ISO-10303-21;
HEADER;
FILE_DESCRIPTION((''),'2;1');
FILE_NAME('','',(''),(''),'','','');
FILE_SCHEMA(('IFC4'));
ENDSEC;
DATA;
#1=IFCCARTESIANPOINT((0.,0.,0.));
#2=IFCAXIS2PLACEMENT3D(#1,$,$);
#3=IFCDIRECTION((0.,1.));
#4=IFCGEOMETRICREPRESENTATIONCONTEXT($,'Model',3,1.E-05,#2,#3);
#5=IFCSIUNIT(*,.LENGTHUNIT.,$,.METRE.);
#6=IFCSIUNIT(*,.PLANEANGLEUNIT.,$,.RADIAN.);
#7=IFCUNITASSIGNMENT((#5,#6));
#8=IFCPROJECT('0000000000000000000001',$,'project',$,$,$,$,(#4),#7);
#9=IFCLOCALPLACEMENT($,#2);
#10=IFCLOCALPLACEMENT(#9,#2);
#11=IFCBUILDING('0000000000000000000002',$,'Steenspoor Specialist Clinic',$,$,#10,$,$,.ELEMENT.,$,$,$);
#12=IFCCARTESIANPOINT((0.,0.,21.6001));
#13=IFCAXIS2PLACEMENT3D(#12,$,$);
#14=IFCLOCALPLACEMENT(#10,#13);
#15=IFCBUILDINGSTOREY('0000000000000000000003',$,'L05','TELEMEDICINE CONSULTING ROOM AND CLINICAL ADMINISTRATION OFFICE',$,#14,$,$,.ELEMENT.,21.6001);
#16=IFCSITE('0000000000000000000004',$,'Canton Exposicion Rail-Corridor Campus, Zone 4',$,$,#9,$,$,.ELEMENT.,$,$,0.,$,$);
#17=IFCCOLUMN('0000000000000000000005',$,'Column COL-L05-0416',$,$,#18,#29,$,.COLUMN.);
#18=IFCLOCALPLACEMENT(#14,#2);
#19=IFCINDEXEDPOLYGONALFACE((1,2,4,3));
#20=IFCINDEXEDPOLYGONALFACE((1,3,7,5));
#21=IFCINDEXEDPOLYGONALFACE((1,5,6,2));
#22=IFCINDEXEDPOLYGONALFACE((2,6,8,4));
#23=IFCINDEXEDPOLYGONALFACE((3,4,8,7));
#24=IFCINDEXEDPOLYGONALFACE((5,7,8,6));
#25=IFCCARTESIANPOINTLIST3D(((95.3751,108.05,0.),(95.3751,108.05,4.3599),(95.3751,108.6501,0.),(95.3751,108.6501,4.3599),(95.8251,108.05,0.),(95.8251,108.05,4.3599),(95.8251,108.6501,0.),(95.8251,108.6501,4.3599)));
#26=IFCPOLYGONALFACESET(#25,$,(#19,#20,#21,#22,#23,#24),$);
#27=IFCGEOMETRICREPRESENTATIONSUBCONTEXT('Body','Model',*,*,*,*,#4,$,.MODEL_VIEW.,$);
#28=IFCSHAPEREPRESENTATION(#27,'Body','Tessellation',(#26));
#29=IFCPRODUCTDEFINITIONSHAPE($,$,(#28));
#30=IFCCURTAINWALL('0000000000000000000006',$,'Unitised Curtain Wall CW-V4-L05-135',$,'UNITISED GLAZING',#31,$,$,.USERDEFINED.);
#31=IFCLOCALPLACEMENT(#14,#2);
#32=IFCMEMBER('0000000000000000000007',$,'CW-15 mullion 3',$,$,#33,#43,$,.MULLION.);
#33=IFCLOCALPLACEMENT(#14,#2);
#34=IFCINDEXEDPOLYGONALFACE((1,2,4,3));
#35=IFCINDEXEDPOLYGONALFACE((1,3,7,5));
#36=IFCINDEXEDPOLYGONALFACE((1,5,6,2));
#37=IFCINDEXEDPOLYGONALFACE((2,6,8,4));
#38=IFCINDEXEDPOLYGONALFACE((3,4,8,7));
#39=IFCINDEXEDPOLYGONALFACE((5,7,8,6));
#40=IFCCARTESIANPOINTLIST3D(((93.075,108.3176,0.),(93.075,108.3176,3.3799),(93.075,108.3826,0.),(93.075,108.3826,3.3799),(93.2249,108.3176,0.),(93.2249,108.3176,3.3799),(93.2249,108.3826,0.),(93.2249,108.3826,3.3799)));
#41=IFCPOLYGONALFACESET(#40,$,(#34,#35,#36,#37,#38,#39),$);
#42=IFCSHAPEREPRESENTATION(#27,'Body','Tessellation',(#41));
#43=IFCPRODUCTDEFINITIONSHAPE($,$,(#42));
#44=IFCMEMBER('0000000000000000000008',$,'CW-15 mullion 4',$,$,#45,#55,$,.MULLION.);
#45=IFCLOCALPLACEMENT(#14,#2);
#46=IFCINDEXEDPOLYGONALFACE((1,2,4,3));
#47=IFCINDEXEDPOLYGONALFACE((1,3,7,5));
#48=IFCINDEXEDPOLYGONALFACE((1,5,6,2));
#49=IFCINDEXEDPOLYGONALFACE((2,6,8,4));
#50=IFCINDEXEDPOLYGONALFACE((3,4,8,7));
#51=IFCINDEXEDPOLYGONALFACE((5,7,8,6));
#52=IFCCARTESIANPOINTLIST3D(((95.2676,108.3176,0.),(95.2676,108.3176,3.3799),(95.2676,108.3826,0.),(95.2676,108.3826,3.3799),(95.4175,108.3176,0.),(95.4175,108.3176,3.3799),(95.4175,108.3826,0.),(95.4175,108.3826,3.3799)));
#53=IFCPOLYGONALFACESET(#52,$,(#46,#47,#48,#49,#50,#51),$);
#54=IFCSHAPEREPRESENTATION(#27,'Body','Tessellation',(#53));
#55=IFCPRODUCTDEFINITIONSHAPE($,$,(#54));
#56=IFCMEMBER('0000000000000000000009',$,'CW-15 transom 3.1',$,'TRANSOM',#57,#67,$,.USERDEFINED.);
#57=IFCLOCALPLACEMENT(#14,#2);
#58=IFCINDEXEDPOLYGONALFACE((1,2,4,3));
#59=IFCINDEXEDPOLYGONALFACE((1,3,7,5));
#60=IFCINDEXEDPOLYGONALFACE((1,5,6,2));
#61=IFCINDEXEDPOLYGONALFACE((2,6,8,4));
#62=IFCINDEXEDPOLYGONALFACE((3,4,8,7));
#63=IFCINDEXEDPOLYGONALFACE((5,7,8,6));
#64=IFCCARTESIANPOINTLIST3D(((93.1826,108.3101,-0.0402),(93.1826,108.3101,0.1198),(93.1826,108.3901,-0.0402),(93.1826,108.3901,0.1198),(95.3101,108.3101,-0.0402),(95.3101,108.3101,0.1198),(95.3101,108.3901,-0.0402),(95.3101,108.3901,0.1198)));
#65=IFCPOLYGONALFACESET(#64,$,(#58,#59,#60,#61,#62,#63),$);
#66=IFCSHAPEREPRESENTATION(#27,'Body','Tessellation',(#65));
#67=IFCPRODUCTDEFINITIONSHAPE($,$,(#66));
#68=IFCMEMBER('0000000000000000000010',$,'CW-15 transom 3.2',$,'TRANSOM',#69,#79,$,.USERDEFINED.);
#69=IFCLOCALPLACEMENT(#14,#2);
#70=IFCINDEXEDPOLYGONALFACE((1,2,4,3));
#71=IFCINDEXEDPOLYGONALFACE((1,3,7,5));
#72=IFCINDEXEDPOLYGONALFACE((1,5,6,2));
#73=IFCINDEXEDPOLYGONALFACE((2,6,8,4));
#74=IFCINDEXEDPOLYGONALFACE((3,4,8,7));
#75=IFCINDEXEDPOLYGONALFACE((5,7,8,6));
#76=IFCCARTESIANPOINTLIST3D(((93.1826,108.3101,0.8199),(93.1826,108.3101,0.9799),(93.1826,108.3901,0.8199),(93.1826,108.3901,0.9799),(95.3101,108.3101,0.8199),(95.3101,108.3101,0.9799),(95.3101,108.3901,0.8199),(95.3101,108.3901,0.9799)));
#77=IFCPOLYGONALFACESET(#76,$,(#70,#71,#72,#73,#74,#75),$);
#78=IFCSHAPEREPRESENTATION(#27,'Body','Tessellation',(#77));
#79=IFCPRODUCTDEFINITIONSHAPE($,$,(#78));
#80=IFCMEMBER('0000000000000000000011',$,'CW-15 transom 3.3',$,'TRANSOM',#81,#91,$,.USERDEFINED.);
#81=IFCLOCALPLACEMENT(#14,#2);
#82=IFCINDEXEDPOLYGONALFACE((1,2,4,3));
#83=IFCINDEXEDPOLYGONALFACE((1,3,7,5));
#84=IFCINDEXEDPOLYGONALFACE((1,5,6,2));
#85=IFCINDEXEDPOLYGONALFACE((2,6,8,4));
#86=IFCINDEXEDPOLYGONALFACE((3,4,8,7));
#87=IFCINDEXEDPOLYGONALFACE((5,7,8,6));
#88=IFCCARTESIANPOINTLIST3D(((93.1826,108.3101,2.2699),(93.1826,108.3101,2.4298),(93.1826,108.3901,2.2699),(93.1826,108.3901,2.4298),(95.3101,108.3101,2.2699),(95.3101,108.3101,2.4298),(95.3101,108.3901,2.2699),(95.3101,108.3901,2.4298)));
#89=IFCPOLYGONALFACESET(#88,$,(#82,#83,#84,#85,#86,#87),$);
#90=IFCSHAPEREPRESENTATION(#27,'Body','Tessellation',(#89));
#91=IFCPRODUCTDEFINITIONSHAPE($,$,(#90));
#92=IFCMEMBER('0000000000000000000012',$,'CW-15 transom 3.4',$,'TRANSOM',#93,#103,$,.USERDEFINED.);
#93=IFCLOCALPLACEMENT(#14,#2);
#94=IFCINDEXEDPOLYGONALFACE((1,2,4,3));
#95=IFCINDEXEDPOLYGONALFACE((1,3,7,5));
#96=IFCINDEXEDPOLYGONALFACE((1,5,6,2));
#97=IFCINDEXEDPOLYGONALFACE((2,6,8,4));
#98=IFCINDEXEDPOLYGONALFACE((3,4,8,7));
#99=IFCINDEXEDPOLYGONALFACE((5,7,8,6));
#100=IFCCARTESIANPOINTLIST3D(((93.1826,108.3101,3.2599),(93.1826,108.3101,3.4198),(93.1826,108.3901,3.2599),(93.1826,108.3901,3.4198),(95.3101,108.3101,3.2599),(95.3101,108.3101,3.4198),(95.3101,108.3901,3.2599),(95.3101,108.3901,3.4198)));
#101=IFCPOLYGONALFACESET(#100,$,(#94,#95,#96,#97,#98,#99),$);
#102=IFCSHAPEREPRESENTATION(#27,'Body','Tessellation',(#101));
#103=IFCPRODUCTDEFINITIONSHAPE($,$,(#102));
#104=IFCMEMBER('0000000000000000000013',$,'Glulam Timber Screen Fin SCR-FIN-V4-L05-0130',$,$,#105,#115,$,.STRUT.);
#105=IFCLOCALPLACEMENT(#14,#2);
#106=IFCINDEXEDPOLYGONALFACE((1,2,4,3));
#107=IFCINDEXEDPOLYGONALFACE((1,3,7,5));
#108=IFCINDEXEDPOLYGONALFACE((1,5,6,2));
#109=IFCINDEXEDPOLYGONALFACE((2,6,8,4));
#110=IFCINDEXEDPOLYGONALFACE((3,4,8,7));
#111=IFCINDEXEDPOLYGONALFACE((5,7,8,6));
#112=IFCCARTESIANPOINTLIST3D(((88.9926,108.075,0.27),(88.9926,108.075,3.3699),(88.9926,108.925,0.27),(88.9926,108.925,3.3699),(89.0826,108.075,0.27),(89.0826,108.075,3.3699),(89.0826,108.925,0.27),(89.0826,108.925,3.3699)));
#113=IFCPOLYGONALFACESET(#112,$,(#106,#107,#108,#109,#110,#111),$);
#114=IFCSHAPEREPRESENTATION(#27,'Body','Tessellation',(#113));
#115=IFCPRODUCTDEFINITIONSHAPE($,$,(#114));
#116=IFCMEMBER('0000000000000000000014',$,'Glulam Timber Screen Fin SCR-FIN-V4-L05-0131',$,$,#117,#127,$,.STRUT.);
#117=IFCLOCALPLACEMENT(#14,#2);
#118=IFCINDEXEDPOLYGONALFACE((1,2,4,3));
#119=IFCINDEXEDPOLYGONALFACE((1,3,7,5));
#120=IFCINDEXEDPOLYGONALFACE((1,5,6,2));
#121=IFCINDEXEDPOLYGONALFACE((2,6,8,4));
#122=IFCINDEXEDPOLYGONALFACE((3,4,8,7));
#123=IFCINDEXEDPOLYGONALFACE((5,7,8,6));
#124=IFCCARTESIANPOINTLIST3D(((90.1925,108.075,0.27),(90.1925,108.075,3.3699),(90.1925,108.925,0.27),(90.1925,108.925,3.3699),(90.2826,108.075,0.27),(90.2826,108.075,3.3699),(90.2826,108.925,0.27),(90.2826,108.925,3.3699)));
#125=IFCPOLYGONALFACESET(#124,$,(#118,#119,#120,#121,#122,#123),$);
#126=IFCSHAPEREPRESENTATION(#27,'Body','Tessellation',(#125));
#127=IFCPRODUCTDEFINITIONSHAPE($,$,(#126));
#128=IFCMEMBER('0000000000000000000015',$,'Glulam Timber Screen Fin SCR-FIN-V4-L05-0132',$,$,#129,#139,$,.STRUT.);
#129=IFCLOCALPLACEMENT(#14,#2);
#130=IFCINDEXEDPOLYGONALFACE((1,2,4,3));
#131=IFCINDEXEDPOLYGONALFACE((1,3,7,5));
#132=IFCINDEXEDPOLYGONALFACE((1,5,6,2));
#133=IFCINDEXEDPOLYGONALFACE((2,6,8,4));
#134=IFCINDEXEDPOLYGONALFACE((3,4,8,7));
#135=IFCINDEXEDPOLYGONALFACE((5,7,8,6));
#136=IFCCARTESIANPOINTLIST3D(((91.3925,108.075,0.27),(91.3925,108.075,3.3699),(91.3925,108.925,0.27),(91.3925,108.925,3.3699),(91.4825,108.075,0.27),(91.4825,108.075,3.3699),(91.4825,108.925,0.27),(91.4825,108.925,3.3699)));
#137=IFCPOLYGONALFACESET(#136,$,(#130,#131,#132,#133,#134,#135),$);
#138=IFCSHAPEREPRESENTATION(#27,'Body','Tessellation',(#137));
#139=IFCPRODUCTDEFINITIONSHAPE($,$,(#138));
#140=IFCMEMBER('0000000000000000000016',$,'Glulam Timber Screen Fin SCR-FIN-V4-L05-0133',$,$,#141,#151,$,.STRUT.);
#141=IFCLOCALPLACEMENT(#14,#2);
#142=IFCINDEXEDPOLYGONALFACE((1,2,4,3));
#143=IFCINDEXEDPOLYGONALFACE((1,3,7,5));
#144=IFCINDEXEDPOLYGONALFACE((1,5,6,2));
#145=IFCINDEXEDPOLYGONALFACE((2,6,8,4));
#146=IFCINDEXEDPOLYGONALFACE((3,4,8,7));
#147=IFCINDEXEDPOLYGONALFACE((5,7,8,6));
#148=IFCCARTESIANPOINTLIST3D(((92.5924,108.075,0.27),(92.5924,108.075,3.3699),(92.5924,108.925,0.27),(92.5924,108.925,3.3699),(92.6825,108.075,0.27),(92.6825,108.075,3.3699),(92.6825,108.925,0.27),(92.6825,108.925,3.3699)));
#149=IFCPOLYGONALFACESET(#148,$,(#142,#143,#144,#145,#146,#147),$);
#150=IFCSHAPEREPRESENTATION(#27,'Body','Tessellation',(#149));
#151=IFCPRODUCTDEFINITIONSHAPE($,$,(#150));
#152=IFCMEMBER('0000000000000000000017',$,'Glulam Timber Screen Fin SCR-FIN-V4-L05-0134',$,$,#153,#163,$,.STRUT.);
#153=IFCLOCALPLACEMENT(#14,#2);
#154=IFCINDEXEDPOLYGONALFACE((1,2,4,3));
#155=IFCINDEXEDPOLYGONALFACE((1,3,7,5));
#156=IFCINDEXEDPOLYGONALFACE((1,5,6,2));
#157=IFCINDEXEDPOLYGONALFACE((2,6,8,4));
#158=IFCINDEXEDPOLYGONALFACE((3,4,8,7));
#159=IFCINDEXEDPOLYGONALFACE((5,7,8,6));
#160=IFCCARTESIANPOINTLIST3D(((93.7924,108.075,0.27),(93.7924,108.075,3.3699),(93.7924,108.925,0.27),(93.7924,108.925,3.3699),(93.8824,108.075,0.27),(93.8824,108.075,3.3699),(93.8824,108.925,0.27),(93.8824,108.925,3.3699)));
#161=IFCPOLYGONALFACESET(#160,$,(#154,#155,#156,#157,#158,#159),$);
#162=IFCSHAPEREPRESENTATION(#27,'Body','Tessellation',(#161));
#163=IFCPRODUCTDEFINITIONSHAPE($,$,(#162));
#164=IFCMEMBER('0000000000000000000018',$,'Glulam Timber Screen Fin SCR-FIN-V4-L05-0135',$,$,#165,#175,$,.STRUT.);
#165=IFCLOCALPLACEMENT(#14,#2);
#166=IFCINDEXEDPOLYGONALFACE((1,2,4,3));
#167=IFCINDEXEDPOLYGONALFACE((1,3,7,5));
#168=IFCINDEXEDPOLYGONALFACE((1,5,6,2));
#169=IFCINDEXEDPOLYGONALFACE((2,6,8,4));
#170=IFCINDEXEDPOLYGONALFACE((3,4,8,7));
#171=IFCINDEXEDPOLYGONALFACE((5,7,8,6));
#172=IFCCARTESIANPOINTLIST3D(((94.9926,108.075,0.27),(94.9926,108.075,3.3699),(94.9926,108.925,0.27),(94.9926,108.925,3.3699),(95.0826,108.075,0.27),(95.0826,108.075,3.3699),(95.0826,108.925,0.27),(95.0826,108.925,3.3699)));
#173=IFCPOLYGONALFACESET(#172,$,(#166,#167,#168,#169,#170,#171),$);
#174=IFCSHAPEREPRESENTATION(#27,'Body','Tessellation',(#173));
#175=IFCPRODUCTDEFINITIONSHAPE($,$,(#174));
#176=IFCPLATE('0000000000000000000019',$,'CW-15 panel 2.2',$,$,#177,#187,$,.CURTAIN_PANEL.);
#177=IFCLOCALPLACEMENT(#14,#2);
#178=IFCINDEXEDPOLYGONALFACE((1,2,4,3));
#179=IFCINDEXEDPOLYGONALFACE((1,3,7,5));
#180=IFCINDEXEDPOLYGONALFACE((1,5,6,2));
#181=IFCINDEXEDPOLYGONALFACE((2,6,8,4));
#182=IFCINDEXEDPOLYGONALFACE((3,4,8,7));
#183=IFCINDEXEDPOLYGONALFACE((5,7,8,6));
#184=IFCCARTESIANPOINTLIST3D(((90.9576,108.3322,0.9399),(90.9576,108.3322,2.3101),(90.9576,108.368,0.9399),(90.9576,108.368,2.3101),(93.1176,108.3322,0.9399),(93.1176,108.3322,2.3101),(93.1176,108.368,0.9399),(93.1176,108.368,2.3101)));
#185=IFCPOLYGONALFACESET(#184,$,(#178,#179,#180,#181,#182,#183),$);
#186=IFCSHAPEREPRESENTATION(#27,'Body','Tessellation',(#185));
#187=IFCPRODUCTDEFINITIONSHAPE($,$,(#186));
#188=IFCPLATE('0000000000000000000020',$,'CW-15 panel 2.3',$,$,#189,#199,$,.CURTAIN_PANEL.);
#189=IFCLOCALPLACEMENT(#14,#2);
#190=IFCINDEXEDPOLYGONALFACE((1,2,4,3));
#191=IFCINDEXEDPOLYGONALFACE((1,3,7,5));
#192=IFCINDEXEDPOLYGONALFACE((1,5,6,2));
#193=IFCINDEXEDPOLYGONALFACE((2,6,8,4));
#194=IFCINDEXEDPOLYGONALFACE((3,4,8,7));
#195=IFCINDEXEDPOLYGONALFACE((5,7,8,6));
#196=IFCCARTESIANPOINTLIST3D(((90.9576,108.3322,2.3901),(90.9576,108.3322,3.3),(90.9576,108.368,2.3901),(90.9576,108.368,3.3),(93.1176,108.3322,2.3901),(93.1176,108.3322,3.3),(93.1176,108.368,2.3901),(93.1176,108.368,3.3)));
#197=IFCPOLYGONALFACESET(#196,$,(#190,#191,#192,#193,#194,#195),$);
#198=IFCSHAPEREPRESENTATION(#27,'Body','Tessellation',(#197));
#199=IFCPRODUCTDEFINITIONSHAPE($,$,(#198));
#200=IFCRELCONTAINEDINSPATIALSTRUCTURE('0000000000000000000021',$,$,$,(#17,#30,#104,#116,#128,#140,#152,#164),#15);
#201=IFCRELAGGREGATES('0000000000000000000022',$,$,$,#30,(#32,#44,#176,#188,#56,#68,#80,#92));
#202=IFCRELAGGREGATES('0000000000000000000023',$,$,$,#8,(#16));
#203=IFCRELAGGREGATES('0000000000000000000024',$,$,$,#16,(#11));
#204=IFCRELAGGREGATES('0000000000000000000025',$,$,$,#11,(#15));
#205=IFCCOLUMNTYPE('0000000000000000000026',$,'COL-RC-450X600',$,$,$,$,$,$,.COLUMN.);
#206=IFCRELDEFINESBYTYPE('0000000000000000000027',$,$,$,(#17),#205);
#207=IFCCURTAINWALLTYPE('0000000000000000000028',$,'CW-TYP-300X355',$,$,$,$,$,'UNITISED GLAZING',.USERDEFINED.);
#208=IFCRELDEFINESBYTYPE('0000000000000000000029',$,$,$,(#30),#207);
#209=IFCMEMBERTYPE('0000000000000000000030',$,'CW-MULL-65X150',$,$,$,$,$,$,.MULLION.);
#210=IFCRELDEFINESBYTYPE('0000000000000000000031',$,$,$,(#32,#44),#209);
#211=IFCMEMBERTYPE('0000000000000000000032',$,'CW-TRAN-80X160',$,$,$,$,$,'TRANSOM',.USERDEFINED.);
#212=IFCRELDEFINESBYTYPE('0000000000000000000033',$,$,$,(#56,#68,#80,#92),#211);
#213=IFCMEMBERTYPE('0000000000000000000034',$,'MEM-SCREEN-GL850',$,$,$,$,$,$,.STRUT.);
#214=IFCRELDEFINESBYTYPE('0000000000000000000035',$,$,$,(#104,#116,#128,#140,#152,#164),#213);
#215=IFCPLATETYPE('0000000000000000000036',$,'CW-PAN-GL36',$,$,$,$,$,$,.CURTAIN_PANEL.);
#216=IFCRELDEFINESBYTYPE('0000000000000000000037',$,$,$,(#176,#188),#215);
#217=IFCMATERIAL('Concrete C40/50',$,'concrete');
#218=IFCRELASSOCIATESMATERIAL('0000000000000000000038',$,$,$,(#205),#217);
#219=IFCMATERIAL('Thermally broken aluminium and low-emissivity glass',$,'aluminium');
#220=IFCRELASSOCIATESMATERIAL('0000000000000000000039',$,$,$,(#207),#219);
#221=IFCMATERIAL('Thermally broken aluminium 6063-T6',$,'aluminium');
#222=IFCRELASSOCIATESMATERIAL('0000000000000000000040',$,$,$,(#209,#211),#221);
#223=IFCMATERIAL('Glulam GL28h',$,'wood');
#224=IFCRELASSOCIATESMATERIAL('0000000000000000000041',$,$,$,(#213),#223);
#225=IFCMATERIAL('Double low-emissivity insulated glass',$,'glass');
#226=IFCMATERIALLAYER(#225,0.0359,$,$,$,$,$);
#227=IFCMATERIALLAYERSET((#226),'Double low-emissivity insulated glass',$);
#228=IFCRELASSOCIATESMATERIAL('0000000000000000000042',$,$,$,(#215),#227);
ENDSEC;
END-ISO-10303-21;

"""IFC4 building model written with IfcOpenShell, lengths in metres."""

from ifc_helpers import new_model, si_unit, direction, frame, origin, origin_2d, place, context, subcontext, project, spatial, rectangle, extrude, material, layer, layer_set, material_profile, profile_set, type_object, element, aggregate, save


model = new_model("IFC4")

# Units and contexts
model_context = context("Model", 3, precision=1e-05, world=origin(), true_north=direction((0.0, 1.0)))
body_context = subcontext(model_context, "Body", "Model", "MODEL_VIEW")
ifc_project = project(units=[si_unit("LENGTHUNIT", "METRE"), si_unit("PLANEANGLEUNIT", "RADIAN")], contexts=[model_context])

# Site, building, storey
site_placement = place(None, origin())
site = spatial("IfcSite", under=ifc_project, at=site_placement, Name="Canton Exposicion Rail-Corridor Campus, Zone 4", CompositionType="ELEMENT", RefElevation=0.0)
building_placement = place(site_placement, origin())
building = spatial("IfcBuilding", under=site, at=building_placement, Name="Steenspoor Specialist Clinic", CompositionType="ELEMENT")
storey_placement = place(building_placement, frame((0.0, 0.0, 21.6001)))
storey = spatial("IfcBuildingStorey", under=building, at=storey_placement, Name="L05", Description="TELEMEDICINE CONSULTING ROOM AND CLINICAL ADMINISTRATION OFFICE", CompositionType="ELEMENT", Elevation=21.6001)

# Column
ifc_material_1 = material(Name="Concrete C40/50", Category="concrete")
ifc_material_profile_1 = material_profile(ifc_material_1, rectangle(XDim=0.45, YDim=0.6001, at=origin_2d()), Name="RC-COL-450X600")
ifc_profile_set_1 = profile_set([ifc_material_profile_1], Name="Concrete C40/50")
column_type = type_object("IfcColumnType", Name="COL-RC-450X600", PredefinedType="COLUMN", material=ifc_profile_set_1)
column_placement = place(storey_placement, frame((95.6001, 108.3501, 0.0), z_axis=(0.0, 0.0, 1.0), x_axis=(1.0, 0.0, 0.0)))
element("IfcColumn", 1, at=column_placement, inside=storey, type_object=column_type, Name="Column COL-L05-0416", PredefinedType="COLUMN", context=body_context, shape_type="SweptSolid", body=[
    extrude(rectangle(XDim=0.45, YDim=0.6001, at=origin_2d()), origin(), (0.0, 0.0, 1.0), 4.3599),
])

# Curtain wall, members
ifc_material_2 = material(Name="Thermally broken aluminium and low-emissivity glass", Category="aluminium")
curtain_wall_type = type_object("IfcCurtainWallType", Name="CW-TYP-300X355", ElementType="UNITISED GLAZING", PredefinedType="USERDEFINED", material=ifc_material_2)
curtain_wall_placement = place(storey_placement, origin())
curtain_wall = element("IfcCurtainWall", 2, at=curtain_wall_placement, inside=storey, type_object=curtain_wall_type, Name="Unitised Curtain Wall CW-V4-L05-135", ObjectType="UNITISED GLAZING", PredefinedType="USERDEFINED")
ifc_material_3 = material(Name="Thermally broken aluminium 6063-T6", Category="aluminium")
ifc_material_profile_2 = material_profile(ifc_material_3, rectangle(XDim=0.0649, YDim=0.1499, at=origin_2d()), Name="CWM-65X150")
ifc_profile_set_2 = profile_set([ifc_material_profile_2], Name="Thermally broken aluminium 6063-T6")
member_type_1 = type_object("IfcMemberType", Name="CW-MULL-65X150", PredefinedType="MULLION", material=ifc_profile_set_2)
member_1_placement = place(storey_placement, frame((93.1499, 108.3501, 0.0), z_axis=(0.0, 0.0, 1.0), x_axis=(0.0, 1.0, 0.0)))
member_1 = element("IfcMember", 3, at=member_1_placement, type_object=member_type_1, Name="CW-15 mullion 3", PredefinedType="MULLION", context=body_context, shape_type="SweptSolid", body=[
    extrude(rectangle(XDim=0.0649, YDim=0.1499, at=origin_2d()), origin(), (0.0, 0.0, 1.0), 3.3799),
])
member_2_placement = place(storey_placement, frame((95.3425, 108.3501, 0.0), z_axis=(0.0, 0.0, 1.0), x_axis=(0.0, 1.0, 0.0)))
member_2 = element("IfcMember", 4, at=member_2_placement, type_object=member_type_1, Name="CW-15 mullion 4", PredefinedType="MULLION", context=body_context, shape_type="SweptSolid", body=[
    extrude(rectangle(XDim=0.0649, YDim=0.1499, at=origin_2d()), origin(), (0.0, 0.0, 1.0), 3.3799),
])
ifc_material_profile_3 = material_profile(ifc_material_3, rectangle(XDim=0.0801, YDim=0.1599, at=origin_2d()), Name="CWT-80X160")
ifc_profile_set_3 = profile_set([ifc_material_profile_3], Name="Thermally broken aluminium 6063-T6")
member_type_2 = type_object("IfcMemberType", Name="CW-TRAN-80X160", ElementType="TRANSOM", PredefinedType="USERDEFINED", material=ifc_profile_set_3)
member_3_placement = place(storey_placement, frame((93.1826, 108.3501, 0.0398), z_axis=(1.0, 0.0, 0.0), x_axis=(0.0, 1.0, 0.0)))
member_3 = element("IfcMember", 5, at=member_3_placement, type_object=member_type_2, Name="CW-15 transom 3.1", ObjectType="TRANSOM", PredefinedType="USERDEFINED", context=body_context, shape_type="SweptSolid", body=[
    extrude(rectangle(XDim=0.0801, YDim=0.1599, at=origin_2d()), origin(), (0.0, 0.0, 1.0), 2.1274),
])
member_4_placement = place(storey_placement, frame((93.1826, 108.3501, 0.8999), z_axis=(1.0, 0.0, 0.0), x_axis=(0.0, 1.0, 0.0)))
member_4 = element("IfcMember", 6, at=member_4_placement, type_object=member_type_2, Name="CW-15 transom 3.2", ObjectType="TRANSOM", PredefinedType="USERDEFINED", context=body_context, shape_type="SweptSolid", body=[
    extrude(rectangle(XDim=0.0801, YDim=0.1599, at=origin_2d()), origin(), (0.0, 0.0, 1.0), 2.1274),
])
member_5_placement = place(storey_placement, frame((93.1826, 108.3501, 2.3499), z_axis=(1.0, 0.0, 0.0), x_axis=(0.0, 1.0, 0.0)))
member_5 = element("IfcMember", 7, at=member_5_placement, type_object=member_type_2, Name="CW-15 transom 3.3", ObjectType="TRANSOM", PredefinedType="USERDEFINED", context=body_context, shape_type="SweptSolid", body=[
    extrude(rectangle(XDim=0.0801, YDim=0.1599, at=origin_2d()), origin(), (0.0, 0.0, 1.0), 2.1274),
])
member_6_placement = place(storey_placement, frame((93.1826, 108.3501, 3.3398), z_axis=(1.0, 0.0, 0.0), x_axis=(0.0, 1.0, 0.0)))
member_6 = element("IfcMember", 8, at=member_6_placement, type_object=member_type_2, Name="CW-15 transom 3.4", ObjectType="TRANSOM", PredefinedType="USERDEFINED", context=body_context, shape_type="SweptSolid", body=[
    extrude(rectangle(XDim=0.0801, YDim=0.1599, at=origin_2d()), origin(), (0.0, 0.0, 1.0), 2.1274),
])

# Members
ifc_material_4 = material(Name="Glulam GL28h", Category="wood")
ifc_material_profile_4 = material_profile(ifc_material_4, rectangle(XDim=0.0901, YDim=0.8501, at=origin_2d()), Name="GL28H-90X850")
ifc_profile_set_4 = profile_set([ifc_material_profile_4], Name="Glulam GL28h")
member_type_3 = type_object("IfcMemberType", Name="MEM-SCREEN-GL850", PredefinedType="STRUT", material=ifc_profile_set_4)
for number, where, z_axis, x_axis, name in (
    (9, (89.0376, 108.5, 0.27), (0.0, 0.0, 1.0), (1.0, 0.0, 0.0), "Glulam Timber Screen Fin SCR-FIN-V4-L05-0130"),
    (10, (90.2375, 108.5, 0.27), (0.0, 0.0, 1.0), (1.0, 0.0, 0.0), "Glulam Timber Screen Fin SCR-FIN-V4-L05-0131"),
    (11, (91.4375, 108.5, 0.27), (0.0, 0.0, 1.0), (1.0, 0.0, 0.0), "Glulam Timber Screen Fin SCR-FIN-V4-L05-0132"),
    (12, (92.6375, 108.5, 0.27), (0.0, 0.0, 1.0), (1.0, 0.0, 0.0), "Glulam Timber Screen Fin SCR-FIN-V4-L05-0133"),
    (13, (93.8374, 108.5, 0.27), (0.0, 0.0, 1.0), (1.0, 0.0, 0.0), "Glulam Timber Screen Fin SCR-FIN-V4-L05-0134"),
    (14, (95.0376, 108.5, 0.27), (0.0, 0.0, 1.0), (1.0, 0.0, 0.0), "Glulam Timber Screen Fin SCR-FIN-V4-L05-0135"),
):
    element("IfcMember", number, at=place(storey_placement, frame(where, z_axis=z_axis, x_axis=x_axis)), inside=storey, type_object=member_type_3, Name=name, PredefinedType="STRUT", context=body_context, shape_type="SweptSolid", body=[
        extrude(rectangle(XDim=0.0901, YDim=0.8501, at=origin_2d()), origin(), (0.0, 0.0, 1.0), 3.0999),
    ])

# Plates
ifc_material_5 = material(Name="Double low-emissivity insulated glass", Category="glass")
ifc_layer = layer(ifc_material_5, 0.0359)
ifc_layer_set = layer_set([ifc_layer], Name="Double low-emissivity insulated glass")
plate_type = type_object("IfcPlateType", Name="CW-PAN-GL36", PredefinedType="CURTAIN_PANEL", material=ifc_layer_set)
plate_1_placement = place(storey_placement, frame((92.0376, 108.3501, 0.9399), z_axis=(0.0, 0.0, 1.0), x_axis=(1.0, 0.0, 0.0)))
plate_1 = element("IfcPlate", 15, at=plate_1_placement, type_object=plate_type, Name="CW-15 panel 2.2", PredefinedType="CURTAIN_PANEL", context=body_context, shape_type="SweptSolid", body=[
    extrude(rectangle(XDim=2.1599, YDim=0.0359, at=origin_2d()), origin(), (0.0, 0.0, 1.0), 1.3701),
])
plate_2_placement = place(storey_placement, frame((92.0376, 108.3501, 2.3901), z_axis=(0.0, 0.0, 1.0), x_axis=(1.0, 0.0, 0.0)))
plate_2 = element("IfcPlate", 16, at=plate_2_placement, type_object=plate_type, Name="CW-15 panel 2.3", PredefinedType="CURTAIN_PANEL", context=body_context, shape_type="SweptSolid", body=[
    extrude(rectangle(XDim=2.1599, YDim=0.0359, at=origin_2d()), origin(), (0.0, 0.0, 1.0), 0.9099),
])
aggregate(curtain_wall, [member_1, member_2, plate_1, plate_2, member_3, member_4, member_5, member_6])

save(model, "model.ifc")
